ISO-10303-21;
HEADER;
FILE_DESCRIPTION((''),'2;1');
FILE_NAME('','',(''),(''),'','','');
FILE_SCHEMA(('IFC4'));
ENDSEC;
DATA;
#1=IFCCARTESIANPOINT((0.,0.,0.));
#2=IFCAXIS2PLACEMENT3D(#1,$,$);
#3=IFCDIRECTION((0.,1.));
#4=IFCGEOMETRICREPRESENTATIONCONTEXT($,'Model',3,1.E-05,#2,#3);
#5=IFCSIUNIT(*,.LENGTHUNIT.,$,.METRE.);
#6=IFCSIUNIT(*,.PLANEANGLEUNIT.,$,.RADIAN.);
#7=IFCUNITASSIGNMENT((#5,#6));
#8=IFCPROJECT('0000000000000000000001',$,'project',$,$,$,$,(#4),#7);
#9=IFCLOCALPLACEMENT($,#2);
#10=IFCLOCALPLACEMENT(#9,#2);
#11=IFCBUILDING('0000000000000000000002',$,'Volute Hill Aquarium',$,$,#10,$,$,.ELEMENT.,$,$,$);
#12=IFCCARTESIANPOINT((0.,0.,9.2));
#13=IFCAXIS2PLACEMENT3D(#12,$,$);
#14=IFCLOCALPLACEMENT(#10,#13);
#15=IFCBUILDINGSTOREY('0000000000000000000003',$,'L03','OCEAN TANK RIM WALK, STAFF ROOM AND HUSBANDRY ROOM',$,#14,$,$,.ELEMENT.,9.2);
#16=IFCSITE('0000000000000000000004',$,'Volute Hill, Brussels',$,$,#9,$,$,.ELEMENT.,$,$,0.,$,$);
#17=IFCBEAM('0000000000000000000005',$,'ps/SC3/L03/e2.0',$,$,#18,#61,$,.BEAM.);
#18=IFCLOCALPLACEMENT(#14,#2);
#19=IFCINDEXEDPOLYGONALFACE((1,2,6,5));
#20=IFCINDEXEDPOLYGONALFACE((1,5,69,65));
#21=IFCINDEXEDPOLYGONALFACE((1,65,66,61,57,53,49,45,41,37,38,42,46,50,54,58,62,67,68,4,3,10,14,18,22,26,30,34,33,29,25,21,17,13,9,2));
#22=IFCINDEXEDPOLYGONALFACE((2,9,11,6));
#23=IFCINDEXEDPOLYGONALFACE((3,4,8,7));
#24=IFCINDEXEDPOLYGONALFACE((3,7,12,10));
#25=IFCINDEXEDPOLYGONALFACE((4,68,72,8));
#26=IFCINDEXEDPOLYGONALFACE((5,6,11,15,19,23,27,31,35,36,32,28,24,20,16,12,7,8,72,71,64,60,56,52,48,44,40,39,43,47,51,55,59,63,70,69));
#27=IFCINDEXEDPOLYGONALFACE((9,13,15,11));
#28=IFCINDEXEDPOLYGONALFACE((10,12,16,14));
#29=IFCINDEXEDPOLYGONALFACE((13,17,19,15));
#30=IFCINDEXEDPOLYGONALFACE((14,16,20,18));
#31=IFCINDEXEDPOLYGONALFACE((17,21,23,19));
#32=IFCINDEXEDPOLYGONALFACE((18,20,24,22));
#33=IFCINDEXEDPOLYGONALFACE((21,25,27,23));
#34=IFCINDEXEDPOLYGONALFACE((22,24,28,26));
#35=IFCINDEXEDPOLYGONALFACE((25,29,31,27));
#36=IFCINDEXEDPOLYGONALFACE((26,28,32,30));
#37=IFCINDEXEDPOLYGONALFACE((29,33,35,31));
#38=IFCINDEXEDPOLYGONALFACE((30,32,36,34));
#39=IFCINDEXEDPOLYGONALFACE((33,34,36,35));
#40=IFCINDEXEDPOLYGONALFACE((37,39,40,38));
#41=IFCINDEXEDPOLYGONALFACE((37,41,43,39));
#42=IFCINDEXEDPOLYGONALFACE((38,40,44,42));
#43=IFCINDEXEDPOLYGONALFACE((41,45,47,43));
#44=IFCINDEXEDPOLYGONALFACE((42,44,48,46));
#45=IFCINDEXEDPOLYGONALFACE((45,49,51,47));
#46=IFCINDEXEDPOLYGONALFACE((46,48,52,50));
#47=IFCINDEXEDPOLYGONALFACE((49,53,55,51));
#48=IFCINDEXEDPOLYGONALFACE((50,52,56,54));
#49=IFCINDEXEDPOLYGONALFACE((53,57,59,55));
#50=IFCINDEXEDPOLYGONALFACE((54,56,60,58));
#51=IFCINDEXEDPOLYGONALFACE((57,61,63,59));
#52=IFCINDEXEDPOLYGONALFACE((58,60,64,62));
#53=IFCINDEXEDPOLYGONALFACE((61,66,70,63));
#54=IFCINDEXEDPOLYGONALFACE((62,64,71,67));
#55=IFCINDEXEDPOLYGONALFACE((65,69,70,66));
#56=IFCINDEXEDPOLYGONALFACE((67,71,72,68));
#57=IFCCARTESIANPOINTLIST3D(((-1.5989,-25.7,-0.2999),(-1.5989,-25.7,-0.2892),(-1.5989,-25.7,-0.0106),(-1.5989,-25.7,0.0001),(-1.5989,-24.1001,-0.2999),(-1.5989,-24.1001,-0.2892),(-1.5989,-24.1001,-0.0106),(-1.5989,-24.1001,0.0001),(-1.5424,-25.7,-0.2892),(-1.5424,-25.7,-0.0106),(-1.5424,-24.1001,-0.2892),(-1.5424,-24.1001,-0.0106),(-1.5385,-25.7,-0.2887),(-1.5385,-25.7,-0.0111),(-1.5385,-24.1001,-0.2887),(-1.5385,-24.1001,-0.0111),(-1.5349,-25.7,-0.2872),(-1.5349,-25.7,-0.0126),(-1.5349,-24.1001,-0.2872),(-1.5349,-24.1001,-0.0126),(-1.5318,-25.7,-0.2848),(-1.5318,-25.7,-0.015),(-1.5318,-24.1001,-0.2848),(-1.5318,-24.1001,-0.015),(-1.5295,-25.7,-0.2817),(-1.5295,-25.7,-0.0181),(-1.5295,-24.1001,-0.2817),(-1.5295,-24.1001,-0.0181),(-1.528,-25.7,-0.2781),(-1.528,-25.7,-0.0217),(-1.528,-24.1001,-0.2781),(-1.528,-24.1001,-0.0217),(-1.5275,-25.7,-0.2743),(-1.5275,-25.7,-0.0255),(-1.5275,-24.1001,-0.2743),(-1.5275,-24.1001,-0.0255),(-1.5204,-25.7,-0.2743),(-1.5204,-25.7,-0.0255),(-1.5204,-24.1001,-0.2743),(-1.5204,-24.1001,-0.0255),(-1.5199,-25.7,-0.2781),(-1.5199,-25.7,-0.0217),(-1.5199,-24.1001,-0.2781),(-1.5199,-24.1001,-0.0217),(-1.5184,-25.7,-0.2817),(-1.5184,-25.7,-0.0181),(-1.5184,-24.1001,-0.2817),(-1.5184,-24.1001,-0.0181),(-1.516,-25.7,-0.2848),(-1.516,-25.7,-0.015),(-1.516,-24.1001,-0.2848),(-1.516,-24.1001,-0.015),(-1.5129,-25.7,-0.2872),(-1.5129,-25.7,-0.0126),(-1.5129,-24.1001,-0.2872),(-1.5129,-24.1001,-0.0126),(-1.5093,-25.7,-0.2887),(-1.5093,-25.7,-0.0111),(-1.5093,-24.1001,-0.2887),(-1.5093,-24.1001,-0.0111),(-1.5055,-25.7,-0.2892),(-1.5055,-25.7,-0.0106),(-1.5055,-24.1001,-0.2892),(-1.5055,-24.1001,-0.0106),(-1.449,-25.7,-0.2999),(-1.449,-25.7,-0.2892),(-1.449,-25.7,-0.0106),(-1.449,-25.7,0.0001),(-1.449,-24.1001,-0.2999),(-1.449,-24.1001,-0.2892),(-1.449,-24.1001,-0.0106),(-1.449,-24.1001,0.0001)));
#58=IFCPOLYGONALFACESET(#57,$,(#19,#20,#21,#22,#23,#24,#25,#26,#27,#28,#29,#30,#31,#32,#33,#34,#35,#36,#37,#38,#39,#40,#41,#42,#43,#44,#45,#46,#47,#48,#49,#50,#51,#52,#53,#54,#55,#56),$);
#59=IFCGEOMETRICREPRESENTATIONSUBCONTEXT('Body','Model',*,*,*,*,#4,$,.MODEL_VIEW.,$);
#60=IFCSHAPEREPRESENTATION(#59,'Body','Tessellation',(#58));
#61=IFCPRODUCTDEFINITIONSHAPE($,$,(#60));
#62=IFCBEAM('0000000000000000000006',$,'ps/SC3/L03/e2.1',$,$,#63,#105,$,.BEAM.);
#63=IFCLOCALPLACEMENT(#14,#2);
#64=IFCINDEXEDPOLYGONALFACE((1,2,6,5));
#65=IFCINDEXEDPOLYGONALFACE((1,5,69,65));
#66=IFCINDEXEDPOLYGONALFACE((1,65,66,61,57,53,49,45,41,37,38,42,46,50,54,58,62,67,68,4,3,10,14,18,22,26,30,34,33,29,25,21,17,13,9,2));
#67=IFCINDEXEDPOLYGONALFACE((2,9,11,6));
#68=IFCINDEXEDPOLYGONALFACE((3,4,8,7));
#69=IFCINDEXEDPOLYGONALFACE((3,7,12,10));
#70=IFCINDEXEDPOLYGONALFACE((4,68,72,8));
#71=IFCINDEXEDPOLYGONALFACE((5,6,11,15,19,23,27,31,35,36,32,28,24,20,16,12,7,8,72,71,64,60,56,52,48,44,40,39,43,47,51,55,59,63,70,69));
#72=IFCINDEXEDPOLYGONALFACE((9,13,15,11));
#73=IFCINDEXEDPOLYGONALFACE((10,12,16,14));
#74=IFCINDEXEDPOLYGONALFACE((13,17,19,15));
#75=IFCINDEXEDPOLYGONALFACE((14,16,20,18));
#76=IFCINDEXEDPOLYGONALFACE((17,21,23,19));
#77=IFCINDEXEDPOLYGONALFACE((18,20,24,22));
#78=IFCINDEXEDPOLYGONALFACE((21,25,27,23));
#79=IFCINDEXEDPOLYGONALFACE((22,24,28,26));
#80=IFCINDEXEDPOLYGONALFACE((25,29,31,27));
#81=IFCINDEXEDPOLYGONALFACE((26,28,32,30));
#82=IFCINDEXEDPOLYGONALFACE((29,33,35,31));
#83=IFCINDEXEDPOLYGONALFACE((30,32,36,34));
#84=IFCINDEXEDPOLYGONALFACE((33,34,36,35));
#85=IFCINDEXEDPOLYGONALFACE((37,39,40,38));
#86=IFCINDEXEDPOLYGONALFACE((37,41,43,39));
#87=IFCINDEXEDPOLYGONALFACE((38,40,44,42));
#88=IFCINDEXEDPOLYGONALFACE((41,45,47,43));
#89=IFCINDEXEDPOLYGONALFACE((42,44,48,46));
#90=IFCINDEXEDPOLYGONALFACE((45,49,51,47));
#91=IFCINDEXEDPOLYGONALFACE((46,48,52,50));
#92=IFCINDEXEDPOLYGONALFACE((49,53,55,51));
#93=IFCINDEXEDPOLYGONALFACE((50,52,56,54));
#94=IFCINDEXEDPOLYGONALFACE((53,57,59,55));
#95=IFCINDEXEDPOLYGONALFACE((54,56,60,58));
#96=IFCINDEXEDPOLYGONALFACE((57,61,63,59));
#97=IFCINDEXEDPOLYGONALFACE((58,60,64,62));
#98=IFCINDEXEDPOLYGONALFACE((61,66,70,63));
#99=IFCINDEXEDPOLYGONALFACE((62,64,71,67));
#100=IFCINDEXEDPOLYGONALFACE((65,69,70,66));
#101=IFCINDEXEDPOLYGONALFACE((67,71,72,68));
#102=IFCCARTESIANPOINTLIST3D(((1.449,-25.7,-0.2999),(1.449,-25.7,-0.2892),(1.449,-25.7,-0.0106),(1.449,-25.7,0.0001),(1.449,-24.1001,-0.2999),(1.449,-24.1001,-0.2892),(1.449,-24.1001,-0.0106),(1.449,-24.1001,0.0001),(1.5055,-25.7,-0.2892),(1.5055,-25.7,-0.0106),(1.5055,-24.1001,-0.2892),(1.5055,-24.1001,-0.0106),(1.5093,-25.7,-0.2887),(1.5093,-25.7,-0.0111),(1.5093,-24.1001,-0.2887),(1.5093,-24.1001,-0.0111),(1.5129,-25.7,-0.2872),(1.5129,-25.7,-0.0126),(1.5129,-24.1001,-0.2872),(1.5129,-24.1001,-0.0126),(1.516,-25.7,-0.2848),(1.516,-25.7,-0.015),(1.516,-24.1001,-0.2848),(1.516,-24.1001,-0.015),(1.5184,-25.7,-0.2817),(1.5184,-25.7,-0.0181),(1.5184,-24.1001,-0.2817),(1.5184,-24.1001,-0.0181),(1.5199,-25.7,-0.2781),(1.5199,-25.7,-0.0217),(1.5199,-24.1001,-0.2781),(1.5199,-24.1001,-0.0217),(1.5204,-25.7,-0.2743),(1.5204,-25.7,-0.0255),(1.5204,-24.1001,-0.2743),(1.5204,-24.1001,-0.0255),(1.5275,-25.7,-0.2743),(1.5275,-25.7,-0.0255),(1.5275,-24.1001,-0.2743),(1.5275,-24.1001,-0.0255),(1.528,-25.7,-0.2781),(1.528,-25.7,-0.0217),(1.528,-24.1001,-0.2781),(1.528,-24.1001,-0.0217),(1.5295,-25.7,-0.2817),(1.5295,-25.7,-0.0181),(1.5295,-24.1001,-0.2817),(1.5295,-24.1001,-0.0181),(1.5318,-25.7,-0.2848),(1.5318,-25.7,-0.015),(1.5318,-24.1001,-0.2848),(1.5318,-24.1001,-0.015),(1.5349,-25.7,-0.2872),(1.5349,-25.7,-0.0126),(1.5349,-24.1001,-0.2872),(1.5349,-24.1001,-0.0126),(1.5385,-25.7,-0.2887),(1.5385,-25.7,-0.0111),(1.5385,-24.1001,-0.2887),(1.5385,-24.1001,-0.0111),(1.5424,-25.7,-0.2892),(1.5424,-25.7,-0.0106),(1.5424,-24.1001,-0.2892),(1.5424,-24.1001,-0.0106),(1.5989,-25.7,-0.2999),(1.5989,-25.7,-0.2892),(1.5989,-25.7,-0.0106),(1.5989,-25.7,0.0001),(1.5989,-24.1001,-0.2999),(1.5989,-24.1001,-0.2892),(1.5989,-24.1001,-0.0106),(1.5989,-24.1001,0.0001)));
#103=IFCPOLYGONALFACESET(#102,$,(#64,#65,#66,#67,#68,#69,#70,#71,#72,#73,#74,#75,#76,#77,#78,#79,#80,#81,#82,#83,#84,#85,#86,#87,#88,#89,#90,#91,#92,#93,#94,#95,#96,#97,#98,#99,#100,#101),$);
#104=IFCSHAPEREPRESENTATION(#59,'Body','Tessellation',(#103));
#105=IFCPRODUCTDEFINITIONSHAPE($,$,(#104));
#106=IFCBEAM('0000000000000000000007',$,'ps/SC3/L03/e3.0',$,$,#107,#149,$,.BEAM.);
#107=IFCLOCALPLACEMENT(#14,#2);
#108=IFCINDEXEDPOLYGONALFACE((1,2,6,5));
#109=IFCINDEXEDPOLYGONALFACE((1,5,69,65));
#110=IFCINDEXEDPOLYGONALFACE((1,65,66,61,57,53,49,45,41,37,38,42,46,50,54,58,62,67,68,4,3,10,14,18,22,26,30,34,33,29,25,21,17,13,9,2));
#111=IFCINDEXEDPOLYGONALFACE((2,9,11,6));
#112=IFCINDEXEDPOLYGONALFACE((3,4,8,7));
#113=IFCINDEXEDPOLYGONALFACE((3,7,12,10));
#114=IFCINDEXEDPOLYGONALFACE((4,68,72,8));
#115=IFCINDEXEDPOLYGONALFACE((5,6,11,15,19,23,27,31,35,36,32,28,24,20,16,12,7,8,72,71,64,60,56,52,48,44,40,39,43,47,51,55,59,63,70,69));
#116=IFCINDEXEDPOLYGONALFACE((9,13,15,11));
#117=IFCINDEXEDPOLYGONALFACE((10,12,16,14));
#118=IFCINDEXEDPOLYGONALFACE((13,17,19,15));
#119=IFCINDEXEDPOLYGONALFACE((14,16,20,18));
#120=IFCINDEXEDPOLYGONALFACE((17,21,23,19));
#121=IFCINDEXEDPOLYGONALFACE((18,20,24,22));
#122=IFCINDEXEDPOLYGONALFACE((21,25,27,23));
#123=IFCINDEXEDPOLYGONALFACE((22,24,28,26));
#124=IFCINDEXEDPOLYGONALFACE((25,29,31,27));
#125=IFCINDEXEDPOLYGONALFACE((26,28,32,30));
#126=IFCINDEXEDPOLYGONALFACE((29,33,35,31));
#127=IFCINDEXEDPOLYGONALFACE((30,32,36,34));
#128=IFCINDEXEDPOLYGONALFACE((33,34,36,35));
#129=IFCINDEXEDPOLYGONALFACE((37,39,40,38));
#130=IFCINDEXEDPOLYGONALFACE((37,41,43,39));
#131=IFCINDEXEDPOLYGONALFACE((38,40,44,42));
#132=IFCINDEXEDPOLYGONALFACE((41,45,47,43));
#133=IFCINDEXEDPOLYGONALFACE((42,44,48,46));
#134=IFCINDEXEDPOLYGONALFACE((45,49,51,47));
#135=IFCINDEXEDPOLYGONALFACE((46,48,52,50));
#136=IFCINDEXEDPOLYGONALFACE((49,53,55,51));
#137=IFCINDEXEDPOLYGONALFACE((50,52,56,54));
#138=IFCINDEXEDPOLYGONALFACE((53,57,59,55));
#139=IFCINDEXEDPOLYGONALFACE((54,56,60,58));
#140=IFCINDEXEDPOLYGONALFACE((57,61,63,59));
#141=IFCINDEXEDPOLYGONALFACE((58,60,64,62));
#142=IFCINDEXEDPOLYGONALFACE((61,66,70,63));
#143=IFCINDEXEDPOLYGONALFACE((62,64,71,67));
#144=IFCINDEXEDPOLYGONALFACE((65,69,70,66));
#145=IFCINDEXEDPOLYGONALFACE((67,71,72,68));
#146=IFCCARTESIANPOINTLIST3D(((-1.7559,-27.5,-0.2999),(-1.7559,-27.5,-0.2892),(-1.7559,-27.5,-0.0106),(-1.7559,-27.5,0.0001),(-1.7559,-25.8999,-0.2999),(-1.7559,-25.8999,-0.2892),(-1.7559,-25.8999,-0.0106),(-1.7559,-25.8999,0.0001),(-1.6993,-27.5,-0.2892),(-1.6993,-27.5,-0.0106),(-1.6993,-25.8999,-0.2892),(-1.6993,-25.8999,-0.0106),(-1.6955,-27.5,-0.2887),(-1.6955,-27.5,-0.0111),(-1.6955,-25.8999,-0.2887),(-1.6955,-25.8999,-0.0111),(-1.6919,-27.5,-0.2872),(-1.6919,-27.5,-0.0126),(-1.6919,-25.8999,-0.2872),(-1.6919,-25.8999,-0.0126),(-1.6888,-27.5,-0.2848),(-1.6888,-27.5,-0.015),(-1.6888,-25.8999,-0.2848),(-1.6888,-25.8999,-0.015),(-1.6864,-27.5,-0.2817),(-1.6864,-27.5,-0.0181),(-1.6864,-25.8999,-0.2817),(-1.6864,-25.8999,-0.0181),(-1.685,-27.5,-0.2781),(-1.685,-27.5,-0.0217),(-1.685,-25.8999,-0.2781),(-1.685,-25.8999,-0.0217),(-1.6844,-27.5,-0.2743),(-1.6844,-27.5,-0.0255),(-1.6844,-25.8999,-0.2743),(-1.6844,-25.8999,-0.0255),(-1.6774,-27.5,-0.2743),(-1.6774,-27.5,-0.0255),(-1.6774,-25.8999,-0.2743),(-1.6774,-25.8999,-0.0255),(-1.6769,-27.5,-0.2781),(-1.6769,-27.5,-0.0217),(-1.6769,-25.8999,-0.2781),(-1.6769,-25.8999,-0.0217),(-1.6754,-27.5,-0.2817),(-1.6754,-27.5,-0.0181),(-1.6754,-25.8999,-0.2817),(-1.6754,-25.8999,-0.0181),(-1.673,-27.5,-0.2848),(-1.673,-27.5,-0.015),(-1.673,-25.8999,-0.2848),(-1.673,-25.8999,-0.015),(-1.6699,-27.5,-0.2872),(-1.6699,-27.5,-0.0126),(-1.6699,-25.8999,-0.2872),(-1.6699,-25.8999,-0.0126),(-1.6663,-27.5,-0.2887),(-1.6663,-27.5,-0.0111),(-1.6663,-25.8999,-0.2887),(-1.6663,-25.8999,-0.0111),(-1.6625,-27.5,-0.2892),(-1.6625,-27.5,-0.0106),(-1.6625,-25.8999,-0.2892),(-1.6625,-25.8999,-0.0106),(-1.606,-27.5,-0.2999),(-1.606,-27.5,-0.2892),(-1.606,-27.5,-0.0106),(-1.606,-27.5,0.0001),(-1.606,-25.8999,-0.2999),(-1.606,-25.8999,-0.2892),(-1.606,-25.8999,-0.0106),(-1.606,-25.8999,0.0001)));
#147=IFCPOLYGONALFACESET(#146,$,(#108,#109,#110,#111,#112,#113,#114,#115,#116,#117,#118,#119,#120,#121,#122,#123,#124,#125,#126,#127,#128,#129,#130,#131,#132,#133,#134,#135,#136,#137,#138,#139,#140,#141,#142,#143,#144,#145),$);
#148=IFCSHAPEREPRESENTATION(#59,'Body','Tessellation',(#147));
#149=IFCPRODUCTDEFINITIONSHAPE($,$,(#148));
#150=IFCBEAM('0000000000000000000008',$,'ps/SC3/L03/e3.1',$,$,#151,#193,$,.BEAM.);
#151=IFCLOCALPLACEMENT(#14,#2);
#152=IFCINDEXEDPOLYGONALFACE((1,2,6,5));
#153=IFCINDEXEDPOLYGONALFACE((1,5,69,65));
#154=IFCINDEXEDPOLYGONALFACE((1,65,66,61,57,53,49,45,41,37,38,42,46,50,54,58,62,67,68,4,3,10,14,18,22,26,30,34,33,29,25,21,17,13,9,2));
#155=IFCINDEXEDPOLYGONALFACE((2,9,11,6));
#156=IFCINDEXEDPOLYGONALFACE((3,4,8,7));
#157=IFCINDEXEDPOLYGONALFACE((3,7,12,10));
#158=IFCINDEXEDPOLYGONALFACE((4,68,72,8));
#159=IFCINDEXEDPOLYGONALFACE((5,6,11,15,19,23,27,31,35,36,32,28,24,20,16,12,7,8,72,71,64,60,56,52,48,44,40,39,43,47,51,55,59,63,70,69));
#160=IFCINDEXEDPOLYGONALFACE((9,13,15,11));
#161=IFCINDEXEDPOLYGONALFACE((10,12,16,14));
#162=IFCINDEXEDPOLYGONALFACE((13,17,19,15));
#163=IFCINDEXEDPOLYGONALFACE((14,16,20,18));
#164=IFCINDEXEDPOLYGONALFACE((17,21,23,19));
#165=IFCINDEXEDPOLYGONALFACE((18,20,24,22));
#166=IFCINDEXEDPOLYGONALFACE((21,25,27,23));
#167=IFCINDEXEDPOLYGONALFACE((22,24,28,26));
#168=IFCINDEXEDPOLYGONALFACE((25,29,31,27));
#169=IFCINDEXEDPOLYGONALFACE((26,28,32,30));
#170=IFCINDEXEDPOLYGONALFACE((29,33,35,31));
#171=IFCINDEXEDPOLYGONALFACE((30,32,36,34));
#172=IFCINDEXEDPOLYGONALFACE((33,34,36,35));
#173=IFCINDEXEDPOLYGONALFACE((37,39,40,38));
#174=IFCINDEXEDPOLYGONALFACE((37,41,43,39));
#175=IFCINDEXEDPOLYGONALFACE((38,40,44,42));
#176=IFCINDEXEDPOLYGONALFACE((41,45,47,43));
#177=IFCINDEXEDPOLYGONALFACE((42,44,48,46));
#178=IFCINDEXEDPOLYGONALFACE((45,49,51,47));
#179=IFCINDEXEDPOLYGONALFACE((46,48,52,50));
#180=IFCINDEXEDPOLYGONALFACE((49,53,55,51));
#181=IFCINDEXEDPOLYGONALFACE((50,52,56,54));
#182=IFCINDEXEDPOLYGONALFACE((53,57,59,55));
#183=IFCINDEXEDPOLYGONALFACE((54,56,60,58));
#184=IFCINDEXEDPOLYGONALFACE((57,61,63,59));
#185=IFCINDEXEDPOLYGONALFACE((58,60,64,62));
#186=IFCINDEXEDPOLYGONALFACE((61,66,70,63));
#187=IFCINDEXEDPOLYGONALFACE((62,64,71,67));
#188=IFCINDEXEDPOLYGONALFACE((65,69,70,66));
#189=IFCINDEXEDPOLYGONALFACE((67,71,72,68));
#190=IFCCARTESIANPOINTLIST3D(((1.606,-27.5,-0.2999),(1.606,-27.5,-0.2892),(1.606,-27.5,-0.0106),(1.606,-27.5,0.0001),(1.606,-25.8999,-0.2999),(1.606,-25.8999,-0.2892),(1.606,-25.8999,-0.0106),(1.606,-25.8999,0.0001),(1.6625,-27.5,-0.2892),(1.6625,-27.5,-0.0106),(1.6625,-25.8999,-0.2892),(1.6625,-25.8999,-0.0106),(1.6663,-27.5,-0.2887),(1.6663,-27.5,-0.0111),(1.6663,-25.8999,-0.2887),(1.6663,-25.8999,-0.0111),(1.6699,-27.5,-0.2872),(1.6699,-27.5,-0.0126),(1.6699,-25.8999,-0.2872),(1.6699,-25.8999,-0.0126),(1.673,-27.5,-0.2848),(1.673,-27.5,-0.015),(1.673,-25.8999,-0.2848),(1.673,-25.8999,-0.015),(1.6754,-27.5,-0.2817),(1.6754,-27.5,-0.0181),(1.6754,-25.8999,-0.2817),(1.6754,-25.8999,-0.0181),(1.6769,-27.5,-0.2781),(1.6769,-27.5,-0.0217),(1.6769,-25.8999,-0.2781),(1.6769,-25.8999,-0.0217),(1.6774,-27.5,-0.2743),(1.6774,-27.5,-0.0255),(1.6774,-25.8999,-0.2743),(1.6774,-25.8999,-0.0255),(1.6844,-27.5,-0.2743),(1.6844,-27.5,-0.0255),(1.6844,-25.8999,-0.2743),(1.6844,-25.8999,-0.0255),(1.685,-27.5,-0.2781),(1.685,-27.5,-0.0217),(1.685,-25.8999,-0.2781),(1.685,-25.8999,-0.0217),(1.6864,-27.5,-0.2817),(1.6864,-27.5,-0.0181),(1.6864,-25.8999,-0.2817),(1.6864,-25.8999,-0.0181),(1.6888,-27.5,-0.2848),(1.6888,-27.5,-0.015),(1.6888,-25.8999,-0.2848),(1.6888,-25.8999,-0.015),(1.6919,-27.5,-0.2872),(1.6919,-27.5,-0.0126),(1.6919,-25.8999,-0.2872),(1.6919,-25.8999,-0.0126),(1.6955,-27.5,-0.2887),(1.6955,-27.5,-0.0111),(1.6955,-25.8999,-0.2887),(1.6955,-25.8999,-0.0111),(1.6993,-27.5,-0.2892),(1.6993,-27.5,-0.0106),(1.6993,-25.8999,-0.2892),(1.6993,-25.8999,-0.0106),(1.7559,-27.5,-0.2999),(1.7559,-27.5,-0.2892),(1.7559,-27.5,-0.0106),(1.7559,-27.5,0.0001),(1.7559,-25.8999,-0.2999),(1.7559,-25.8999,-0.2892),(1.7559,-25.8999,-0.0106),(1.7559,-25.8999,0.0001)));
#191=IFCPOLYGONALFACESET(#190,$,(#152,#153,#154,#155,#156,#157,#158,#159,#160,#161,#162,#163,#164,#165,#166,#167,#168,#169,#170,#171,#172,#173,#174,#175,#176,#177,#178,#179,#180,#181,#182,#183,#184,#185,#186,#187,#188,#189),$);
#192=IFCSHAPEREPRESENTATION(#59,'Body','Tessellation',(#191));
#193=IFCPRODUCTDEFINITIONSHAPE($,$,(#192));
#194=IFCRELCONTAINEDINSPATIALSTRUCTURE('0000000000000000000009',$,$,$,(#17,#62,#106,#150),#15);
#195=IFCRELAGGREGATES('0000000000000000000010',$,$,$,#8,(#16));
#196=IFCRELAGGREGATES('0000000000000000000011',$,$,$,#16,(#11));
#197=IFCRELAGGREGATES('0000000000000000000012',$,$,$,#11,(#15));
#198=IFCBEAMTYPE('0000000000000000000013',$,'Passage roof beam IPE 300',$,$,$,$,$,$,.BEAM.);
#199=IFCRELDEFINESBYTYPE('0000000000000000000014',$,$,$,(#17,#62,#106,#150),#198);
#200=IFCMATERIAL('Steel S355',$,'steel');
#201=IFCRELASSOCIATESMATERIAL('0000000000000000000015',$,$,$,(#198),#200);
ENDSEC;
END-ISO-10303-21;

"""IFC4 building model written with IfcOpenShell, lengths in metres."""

from ifc_helpers import new_model, si_unit, direction, frame, origin, origin_2d, place, context, subcontext, project, spatial, i_section, extrude, material, material_profile, profile_set, type_object, element, save


model = new_model("IFC4")

# Units and contexts
model_context = context("Model", 3, precision=1e-05, world=origin(), true_north=direction((0.0, 1.0)))
body_context = subcontext(model_context, "Body", "Model", "MODEL_VIEW")
ifc_project = project(units=[si_unit("LENGTHUNIT", "METRE"), si_unit("PLANEANGLEUNIT", "RADIAN")], contexts=[model_context])

# Site, building, storey
site_placement = place(None, origin())
site = spatial("IfcSite", under=ifc_project, at=site_placement, Name="Volute Hill, Brussels", CompositionType="ELEMENT", RefElevation=0.0)
building_placement = place(site_placement, origin())
building = spatial("IfcBuilding", under=site, at=building_placement, Name="Volute Hill Aquarium", CompositionType="ELEMENT")
storey_placement = place(building_placement, frame((0.0, 0.0, 9.2)))
storey = spatial("IfcBuildingStorey", under=building, at=storey_placement, Name="L03", Description="OCEAN TANK RIM WALK, STAFF ROOM AND HUSBANDRY ROOM", CompositionType="ELEMENT", Elevation=9.2)

# Beams
ifc_material_1 = material(Name="Steel S355", Category="steel")
ifc_material_profile_1 = material_profile(ifc_material_1, i_section(OverallWidth=0.1499, OverallDepth=0.3, WebThickness=0.0071, FlangeThickness=0.0107, FilletRadius=0.0149, at=origin_2d()), Name="IPE 300")
ifc_profile_set_1 = profile_set([ifc_material_profile_1], Name="Steel S355")
beam_type_1 = type_object("IfcBeamType", Name="Passage roof beam IPE 300", PredefinedType="BEAM", material=ifc_profile_set_1)
for number, where, z_axis, x_axis, name in (
    (1, (-1.5239, -24.1001, -0.1499), (0.0, -1.0, 0.0), (1.0, 0.0, 0.0), "ps/SC3/L03/e2.0"),
    (2, (1.5239, -24.1001, -0.1499), (0.0, -1.0, 0.0), (1.0, 0.0, 0.0), "ps/SC3/L03/e2.1"),
):
    element("IfcBeam", number, at=place(storey_placement, frame(where, z_axis=z_axis, x_axis=x_axis)), inside=storey, type_object=beam_type_1, Name=name, PredefinedType="BEAM", context=body_context, shape_type="SweptSolid", body=[
        extrude(i_section(OverallWidth=0.1499, OverallDepth=0.3, WebThickness=0.0071, FlangeThickness=0.0107, FilletRadius=0.0149, at=origin_2d()), origin(), (0.0, 0.0, 1.0), 1.5999),
    ])
for number, where, z_axis, x_axis, name in (
    (3, (-1.6809, -25.8999, -0.1499), (0.0, -1.0, 0.0), (1.0, 0.0, 0.0), "ps/SC3/L03/e3.0"),
    (4, (1.6809, -25.8999, -0.1499), (0.0, -1.0, 0.0), (1.0, 0.0, 0.0), "ps/SC3/L03/e3.1"),
):
    element("IfcBeam", number, at=place(storey_placement, frame(where, z_axis=z_axis, x_axis=x_axis)), inside=storey, type_object=beam_type_1, Name=name, PredefinedType="BEAM", context=body_context, shape_type="SweptSolid", body=[
        extrude(i_section(OverallWidth=0.1499, OverallDepth=0.3, WebThickness=0.0071, FlangeThickness=0.0107, FilletRadius=0.0149, at=origin_2d()), origin(), (0.0, 0.0, 1.0), 1.6001),
    ])

save(model, "model.ifc")
